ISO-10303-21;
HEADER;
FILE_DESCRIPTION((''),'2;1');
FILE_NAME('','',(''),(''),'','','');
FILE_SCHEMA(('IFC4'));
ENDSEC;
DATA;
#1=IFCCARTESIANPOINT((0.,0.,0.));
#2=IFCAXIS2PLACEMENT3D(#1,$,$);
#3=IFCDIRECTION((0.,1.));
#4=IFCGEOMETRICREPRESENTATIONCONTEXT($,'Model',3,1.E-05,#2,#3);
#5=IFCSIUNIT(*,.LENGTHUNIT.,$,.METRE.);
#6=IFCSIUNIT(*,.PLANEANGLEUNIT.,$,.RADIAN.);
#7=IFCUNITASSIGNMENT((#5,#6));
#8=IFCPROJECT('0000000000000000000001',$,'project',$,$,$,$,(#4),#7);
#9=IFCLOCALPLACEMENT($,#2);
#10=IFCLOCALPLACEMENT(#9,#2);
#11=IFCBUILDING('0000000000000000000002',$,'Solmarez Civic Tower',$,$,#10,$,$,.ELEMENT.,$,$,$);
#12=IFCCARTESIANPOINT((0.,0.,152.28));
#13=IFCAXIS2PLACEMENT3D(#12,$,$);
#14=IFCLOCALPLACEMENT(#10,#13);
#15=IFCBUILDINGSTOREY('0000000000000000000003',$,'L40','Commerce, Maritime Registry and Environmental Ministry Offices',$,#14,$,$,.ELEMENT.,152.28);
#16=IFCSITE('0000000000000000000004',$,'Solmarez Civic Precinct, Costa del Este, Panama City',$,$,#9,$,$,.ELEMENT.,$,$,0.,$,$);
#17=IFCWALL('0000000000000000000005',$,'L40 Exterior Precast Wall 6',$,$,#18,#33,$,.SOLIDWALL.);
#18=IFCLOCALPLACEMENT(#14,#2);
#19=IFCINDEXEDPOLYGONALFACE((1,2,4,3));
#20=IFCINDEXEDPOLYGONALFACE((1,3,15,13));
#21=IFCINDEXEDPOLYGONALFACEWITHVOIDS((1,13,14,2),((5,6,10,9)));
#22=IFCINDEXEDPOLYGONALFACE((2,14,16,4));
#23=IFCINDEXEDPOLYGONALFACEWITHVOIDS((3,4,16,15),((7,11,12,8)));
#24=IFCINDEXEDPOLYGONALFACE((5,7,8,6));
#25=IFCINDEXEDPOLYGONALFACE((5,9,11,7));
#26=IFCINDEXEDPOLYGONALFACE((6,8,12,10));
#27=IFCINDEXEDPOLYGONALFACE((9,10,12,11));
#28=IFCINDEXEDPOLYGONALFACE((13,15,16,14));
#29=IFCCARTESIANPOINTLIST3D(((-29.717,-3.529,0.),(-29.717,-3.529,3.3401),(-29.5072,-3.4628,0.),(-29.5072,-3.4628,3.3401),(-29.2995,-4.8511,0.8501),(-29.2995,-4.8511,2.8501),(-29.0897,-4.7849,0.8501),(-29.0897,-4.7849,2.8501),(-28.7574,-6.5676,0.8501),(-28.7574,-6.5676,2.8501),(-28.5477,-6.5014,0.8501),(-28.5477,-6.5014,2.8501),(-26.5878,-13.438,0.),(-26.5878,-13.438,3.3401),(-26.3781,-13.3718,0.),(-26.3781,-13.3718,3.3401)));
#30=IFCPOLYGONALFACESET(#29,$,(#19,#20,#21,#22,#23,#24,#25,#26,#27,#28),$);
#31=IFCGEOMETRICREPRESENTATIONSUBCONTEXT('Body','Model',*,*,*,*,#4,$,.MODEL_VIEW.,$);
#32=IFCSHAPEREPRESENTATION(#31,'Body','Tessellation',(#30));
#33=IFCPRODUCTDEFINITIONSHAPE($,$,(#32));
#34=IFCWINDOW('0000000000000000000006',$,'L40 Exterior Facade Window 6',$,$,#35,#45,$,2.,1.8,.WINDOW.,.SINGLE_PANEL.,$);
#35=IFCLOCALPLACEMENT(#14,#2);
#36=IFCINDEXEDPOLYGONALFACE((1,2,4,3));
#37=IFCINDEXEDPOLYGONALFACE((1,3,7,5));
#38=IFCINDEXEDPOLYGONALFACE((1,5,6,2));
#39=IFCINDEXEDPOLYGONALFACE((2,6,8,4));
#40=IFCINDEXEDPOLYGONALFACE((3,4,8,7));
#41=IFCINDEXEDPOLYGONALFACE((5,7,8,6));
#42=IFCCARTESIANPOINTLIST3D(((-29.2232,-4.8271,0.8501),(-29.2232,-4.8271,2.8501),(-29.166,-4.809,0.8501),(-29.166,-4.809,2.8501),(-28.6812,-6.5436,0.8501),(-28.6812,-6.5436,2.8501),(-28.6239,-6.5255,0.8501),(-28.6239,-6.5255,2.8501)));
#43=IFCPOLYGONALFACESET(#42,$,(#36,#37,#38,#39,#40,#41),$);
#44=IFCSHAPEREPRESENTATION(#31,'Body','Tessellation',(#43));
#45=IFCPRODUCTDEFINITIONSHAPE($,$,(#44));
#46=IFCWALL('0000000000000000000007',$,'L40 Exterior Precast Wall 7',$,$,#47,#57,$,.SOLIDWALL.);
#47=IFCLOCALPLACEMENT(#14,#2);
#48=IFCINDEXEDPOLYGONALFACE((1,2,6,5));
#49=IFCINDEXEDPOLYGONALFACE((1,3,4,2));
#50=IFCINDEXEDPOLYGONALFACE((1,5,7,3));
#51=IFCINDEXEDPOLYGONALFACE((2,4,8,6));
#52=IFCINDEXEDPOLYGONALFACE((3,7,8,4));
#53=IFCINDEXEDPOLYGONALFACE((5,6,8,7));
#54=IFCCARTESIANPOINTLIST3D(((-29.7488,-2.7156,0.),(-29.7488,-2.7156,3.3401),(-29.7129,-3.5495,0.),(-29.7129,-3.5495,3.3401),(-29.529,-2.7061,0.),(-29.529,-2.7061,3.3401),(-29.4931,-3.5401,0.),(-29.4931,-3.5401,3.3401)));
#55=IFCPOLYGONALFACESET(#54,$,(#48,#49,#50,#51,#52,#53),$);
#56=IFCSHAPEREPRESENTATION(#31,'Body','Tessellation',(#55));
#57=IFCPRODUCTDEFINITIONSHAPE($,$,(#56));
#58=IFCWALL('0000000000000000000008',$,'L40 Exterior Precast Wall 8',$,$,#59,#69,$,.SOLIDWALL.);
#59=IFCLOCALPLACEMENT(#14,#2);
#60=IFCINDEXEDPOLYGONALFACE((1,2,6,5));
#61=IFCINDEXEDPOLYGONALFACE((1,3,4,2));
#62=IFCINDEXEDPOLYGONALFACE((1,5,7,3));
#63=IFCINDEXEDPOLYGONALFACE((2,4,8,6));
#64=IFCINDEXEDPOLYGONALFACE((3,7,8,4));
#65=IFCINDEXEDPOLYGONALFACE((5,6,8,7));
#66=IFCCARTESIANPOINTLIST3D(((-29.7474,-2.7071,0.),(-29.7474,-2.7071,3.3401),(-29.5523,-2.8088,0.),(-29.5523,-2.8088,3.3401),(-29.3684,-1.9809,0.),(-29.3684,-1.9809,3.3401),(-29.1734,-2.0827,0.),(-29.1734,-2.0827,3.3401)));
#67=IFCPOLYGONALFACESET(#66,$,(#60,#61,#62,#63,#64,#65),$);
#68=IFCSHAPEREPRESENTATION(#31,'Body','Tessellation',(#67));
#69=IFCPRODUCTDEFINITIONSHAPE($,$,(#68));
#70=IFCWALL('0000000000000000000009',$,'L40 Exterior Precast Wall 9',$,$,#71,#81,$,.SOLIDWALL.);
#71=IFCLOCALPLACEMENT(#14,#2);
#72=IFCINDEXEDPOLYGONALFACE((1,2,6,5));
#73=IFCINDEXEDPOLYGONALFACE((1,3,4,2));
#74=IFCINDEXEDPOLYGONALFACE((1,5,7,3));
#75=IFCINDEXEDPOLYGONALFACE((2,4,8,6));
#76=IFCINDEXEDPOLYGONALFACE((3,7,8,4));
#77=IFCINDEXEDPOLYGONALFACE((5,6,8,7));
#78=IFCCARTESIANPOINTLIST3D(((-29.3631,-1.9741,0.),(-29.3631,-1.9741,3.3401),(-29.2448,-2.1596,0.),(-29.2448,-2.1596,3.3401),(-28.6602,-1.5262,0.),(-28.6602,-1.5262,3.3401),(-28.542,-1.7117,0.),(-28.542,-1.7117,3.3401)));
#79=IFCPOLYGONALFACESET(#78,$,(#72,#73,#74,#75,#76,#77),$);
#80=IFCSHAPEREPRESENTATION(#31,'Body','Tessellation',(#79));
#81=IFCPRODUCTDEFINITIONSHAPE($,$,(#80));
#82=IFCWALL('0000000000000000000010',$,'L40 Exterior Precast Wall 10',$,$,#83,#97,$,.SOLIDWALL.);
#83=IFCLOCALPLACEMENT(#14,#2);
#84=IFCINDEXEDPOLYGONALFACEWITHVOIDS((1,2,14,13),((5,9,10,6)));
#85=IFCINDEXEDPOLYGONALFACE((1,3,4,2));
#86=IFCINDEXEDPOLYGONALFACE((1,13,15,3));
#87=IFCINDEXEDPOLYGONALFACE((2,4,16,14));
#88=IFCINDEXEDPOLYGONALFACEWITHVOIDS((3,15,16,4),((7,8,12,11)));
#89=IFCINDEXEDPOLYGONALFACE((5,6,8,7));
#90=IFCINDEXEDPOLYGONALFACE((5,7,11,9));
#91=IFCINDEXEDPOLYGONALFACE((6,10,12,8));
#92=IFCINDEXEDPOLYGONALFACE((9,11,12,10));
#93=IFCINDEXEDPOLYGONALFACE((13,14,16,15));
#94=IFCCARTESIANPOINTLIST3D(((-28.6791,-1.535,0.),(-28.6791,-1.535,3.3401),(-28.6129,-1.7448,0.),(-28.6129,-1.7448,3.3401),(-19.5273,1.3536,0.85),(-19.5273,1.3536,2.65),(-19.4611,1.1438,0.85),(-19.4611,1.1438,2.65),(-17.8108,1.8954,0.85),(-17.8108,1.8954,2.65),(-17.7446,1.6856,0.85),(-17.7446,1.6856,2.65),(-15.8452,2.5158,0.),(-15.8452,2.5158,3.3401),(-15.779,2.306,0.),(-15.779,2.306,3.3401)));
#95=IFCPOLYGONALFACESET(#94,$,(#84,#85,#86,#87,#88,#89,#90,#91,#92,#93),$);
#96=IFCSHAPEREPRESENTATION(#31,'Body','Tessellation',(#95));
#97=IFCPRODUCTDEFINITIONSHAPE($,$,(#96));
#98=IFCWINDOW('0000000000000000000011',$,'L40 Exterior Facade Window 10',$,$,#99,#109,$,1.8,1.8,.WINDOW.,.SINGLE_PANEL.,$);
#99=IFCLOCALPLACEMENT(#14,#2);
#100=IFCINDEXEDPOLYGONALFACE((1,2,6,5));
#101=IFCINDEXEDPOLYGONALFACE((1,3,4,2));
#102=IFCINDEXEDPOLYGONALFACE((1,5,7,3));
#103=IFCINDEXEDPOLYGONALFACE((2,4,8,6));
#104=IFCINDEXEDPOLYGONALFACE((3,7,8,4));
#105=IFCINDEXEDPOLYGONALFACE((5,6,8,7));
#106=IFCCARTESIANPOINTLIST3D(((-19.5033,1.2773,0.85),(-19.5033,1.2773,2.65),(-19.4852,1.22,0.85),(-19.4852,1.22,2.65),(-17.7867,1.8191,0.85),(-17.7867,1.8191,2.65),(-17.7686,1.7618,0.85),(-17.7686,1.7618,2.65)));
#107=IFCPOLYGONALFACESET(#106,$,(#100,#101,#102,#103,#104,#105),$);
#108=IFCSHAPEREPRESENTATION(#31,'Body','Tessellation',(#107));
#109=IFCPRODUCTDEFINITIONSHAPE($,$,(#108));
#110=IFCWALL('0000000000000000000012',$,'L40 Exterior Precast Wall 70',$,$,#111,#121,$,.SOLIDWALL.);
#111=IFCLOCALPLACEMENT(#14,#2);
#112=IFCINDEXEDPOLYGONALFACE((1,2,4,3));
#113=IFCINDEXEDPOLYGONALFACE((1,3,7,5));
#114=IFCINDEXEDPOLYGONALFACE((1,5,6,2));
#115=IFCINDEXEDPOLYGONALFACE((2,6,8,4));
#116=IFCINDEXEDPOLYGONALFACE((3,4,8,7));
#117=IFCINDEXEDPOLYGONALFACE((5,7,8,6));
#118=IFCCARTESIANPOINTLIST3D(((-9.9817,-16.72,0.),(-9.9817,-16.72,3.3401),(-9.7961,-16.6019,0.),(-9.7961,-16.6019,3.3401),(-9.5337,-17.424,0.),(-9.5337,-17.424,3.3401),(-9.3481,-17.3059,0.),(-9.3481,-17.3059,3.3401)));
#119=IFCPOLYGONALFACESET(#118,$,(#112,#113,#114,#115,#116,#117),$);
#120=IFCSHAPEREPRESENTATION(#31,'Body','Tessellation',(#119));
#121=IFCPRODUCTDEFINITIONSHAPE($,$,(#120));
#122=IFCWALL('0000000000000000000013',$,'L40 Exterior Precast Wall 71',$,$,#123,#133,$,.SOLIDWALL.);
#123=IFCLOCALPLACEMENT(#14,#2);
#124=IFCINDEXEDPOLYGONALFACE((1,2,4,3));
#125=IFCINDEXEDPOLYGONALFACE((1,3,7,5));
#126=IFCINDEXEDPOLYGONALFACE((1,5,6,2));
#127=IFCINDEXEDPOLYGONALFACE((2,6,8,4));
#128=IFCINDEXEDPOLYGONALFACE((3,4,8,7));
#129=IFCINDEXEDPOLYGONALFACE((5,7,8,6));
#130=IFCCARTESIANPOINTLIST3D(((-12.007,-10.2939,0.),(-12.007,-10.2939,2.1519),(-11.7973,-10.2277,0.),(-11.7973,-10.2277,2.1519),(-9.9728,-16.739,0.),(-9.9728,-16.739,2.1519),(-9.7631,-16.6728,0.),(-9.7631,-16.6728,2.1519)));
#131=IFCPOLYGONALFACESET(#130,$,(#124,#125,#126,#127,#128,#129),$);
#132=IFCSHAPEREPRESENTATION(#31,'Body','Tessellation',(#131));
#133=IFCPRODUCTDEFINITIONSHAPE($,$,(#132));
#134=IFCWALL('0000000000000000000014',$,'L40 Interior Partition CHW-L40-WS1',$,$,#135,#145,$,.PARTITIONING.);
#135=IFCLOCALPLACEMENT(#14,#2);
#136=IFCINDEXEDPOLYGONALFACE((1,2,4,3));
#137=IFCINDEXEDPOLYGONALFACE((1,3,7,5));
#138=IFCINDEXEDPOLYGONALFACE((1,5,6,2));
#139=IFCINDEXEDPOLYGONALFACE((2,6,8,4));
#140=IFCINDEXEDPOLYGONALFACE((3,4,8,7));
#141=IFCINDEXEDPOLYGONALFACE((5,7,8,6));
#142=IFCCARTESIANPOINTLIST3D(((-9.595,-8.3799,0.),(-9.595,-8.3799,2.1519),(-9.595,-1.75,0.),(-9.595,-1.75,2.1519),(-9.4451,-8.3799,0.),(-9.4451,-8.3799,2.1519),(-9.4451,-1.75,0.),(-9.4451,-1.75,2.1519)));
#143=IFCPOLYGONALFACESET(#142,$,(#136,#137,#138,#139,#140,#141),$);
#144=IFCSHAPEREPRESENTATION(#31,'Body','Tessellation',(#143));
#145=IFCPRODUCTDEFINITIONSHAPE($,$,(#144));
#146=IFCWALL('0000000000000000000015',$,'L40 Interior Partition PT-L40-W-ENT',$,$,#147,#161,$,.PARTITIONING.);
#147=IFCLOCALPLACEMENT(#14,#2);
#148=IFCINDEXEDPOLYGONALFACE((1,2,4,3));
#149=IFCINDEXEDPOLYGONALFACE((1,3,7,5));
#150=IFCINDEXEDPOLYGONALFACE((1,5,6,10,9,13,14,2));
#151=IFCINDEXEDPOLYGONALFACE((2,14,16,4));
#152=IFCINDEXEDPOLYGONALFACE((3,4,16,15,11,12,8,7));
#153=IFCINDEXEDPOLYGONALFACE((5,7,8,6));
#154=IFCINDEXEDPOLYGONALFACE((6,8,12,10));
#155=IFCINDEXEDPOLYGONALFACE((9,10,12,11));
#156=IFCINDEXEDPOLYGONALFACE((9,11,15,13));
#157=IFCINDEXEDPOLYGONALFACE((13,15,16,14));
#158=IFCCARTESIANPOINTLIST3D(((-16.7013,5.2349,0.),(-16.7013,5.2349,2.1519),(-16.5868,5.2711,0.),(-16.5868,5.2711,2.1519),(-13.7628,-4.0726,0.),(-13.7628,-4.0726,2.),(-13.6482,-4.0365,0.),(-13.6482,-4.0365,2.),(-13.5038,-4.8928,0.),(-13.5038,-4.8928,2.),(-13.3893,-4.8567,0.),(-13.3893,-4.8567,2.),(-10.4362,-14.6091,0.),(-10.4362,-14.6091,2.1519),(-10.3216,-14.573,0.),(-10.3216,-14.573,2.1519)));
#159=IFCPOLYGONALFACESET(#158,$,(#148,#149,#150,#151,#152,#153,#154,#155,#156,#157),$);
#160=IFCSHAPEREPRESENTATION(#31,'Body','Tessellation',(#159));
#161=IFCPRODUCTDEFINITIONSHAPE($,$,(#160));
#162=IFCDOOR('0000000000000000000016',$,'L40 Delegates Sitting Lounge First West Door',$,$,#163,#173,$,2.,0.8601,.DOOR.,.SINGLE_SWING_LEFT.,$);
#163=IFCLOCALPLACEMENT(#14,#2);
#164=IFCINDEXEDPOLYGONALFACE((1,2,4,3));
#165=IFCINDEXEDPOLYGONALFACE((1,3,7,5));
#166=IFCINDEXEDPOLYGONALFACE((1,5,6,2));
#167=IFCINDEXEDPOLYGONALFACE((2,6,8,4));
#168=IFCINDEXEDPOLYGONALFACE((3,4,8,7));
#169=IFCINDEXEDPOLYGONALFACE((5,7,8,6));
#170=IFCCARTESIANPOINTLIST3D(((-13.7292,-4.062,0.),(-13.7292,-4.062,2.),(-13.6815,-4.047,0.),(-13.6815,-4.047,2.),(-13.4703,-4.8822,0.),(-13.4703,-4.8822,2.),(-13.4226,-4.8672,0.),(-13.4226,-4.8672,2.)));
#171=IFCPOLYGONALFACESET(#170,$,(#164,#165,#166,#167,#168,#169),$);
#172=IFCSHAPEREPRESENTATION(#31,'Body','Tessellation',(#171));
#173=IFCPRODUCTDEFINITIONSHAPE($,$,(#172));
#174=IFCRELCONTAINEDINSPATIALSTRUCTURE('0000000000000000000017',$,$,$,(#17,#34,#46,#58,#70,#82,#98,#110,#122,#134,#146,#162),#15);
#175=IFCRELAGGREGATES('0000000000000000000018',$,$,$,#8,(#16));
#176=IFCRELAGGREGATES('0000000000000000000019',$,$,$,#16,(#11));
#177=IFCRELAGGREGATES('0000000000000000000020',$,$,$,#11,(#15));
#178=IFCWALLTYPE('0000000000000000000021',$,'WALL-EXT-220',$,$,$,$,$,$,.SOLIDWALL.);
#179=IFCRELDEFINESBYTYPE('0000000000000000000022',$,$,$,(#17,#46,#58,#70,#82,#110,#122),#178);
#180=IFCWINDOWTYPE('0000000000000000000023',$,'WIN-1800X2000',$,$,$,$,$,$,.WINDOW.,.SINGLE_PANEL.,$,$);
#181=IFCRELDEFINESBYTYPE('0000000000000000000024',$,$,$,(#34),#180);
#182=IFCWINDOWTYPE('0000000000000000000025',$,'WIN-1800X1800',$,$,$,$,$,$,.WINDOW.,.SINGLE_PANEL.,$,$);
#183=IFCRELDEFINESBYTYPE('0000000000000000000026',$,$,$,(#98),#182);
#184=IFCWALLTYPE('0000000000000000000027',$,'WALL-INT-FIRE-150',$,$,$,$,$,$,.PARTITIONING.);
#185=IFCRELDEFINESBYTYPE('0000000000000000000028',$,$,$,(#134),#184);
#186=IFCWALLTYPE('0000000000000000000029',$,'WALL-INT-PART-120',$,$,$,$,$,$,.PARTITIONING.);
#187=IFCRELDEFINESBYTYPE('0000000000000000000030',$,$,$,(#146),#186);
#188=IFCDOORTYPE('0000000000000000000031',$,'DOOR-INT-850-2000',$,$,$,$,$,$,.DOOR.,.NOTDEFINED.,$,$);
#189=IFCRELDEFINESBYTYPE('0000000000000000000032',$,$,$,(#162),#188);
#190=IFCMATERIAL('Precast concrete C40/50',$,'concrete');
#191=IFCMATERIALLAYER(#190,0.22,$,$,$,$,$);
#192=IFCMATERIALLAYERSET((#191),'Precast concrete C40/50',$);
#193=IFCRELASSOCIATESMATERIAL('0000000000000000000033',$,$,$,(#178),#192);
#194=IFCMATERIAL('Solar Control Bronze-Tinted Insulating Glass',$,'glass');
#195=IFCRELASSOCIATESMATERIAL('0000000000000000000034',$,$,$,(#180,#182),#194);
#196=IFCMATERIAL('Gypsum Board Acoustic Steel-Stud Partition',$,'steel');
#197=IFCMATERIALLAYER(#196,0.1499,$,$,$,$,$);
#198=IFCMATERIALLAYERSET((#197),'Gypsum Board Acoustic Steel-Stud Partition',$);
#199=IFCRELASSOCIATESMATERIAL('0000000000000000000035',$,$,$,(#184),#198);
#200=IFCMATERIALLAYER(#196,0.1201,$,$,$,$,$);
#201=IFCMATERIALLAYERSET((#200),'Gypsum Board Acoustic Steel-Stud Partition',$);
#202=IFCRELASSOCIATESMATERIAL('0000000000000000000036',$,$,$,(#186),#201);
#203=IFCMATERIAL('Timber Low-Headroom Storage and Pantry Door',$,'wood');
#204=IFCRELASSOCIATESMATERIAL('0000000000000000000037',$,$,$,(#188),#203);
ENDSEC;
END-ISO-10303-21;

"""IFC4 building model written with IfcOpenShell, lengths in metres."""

from ifc_helpers import new_model, si_unit, direction, frame, frame_2d, origin, place, context, subcontext, project, spatial, rectangle, extrude, material, layer, layer_set, type_object, element, fill, save


model = new_model("IFC4")

# Units and contexts
model_context = context("Model", 3, precision=1e-05, world=origin(), true_north=direction((0.0, 1.0)))
body_context = subcontext(model_context, "Body", "Model", "MODEL_VIEW")
ifc_project = project(units=[si_unit("LENGTHUNIT", "METRE"), si_unit("PLANEANGLEUNIT", "RADIAN")], contexts=[model_context])

# Site, building, storey
site_placement = place(None, origin())
site = spatial("IfcSite", under=ifc_project, at=site_placement, Name="Solmarez Civic Precinct, Costa del Este, Panama City", CompositionType="ELEMENT", RefElevation=0.0)
building_placement = place(site_placement, origin())
building = spatial("IfcBuilding", under=site, at=building_placement, Name="Solmarez Civic Tower", CompositionType="ELEMENT")
storey_placement = place(building_placement, frame((0.0, 0.0, 152.28)))
storey = spatial("IfcBuildingStorey", under=building, at=storey_placement, Name="L40", Description="Commerce, Maritime Registry and Environmental Ministry Offices", CompositionType="ELEMENT", Elevation=152.28)

# Shared definitions
ifc_material_1 = material(Name="Precast concrete C40/50", Category="concrete")
ifc_layer_1 = layer(ifc_material_1, 0.22)
ifc_layer_set_1 = layer_set([ifc_layer_1], Name="Precast concrete C40/50")
wall_type_1 = type_object("IfcWallType", Name="WALL-EXT-220", PredefinedType="SOLIDWALL", material=ifc_layer_set_1)

# Wall, opening, window
wall_1_placement = place(storey_placement, frame((-26.4829, -13.405, 0.0), z_axis=(0.0, 0.0, 1.0), x_axis=(-0.301132, 0.953582, 0.0)))
wall_1 = element("IfcWall", 1, at=wall_1_placement, inside=storey, type_object=wall_type_1, Name="L40 Exterior Precast Wall 6", PredefinedType="SOLIDWALL", context=body_context, shape_type="SweptSolid", body=[
    extrude(rectangle(XDim=10.3914, YDim=0.22, at=frame_2d((5.1958, 0.0))), origin(), (0.0, 0.0, 1.0), 3.3401),
])
opening_1_placement = place(wall_1_placement, frame((7.2051, 0.0, 0.8501)))
opening_1 = element("IfcOpeningElement", 2, at=opening_1_placement, cuts=wall_1, PredefinedType="OPENING", context=body_context, shape_type="SweptSolid", body=[
    extrude(rectangle(XDim=1.8, YDim=2.0, at=frame_2d((0.8999, 1.0))), frame((0.0, 0.1199, 0.0), z_axis=(0.0, -1.0, 0.0), x_axis=(1.0, 0.0, 0.0)), (0.0, 0.0, 1.0), 0.24),
])
ifc_material_2 = material(Name="Solar Control Bronze-Tinted Insulating Glass", Category="glass")
window_type_1 = type_object("IfcWindowType", Name="WIN-1800X2000", PartitioningType="SINGLE_PANEL", PredefinedType="WINDOW", material=ifc_material_2)
window_1_placement = place(opening_1_placement, origin())
window_1 = element("IfcWindow", 3, at=window_1_placement, inside=storey, type_object=window_type_1, Name="L40 Exterior Facade Window 6", OverallHeight=2.0, OverallWidth=1.8, PartitioningType="SINGLE_PANEL", PredefinedType="WINDOW", context=body_context, shape_type="SweptSolid", body=[
    extrude(rectangle(XDim=1.8, YDim=2.0, at=frame_2d((0.8999, 1.0))), frame((0.0, 0.03, 0.0), z_axis=(0.0, -1.0, 0.0), x_axis=(1.0, 0.0, 0.0)), (0.0, 0.0, 1.0), 0.0601),
])
fill(opening_1, window_1)

# Walls
wall_2_placement = place(storey_placement, frame((-29.603, -3.5449, 0.0), z_axis=(0.0, 0.0, 1.0), x_axis=(-0.042993, 0.999075, 0.0)))
element("IfcWall", 4, at=wall_2_placement, inside=storey, type_object=wall_type_1, Name="L40 Exterior Precast Wall 7", PredefinedType="SOLIDWALL", context=body_context, shape_type="SweptSolid", body=[
    extrude(rectangle(XDim=0.8347, YDim=0.22, at=frame_2d((0.4175, 0.0))), origin(), (0.0, 0.0, 1.0), 3.3401),
])
wall_3_placement = place(storey_placement, frame((-29.6499, -2.7581, 0.0), z_axis=(0.0, 0.0, 1.0), x_axis=(0.462648, 0.886542, 0.0)))
element("IfcWall", 5, at=wall_3_placement, inside=storey, type_object=wall_type_1, Name="L40 Exterior Precast Wall 8", PredefinedType="SOLIDWALL", context=body_context, shape_type="SweptSolid", body=[
    extrude(rectangle(XDim=0.8191, YDim=0.22, at=frame_2d((0.4097, 0.0))), origin(), (0.0, 0.0, 1.0), 3.3401),
])
wall_4_placement = place(storey_placement, frame((-29.304, -2.0669, 0.0), z_axis=(0.0, 0.0, 1.0), x_axis=(0.843275, 0.537482, 0.0)))
element("IfcWall", 6, at=wall_4_placement, inside=storey, type_object=wall_type_1, Name="L40 Exterior Precast Wall 9", PredefinedType="SOLIDWALL", context=body_context, shape_type="SweptSolid", body=[
    extrude(rectangle(XDim=0.8335, YDim=0.22, at=frame_2d((0.4167, 0.0))), origin(), (0.0, 0.0, 1.0), 3.3401),
])

# Wall, opening, window
wall_5_placement = place(storey_placement, frame((-28.646, -1.6399, 0.0), z_axis=(0.0, 0.0, 1.0), x_axis=(0.953627, 0.300992, 0.0)))
wall_5 = element("IfcWall", 7, at=wall_5_placement, inside=storey, type_object=wall_type_1, Name="L40 Exterior Precast Wall 10", PredefinedType="SOLIDWALL", context=body_context, shape_type="SweptSolid", body=[
    extrude(rectangle(XDim=13.458, YDim=0.22, at=frame_2d((6.729, 0.0))), origin(), (0.0, 0.0, 1.0), 3.3401),
])
opening_2_placement = place(wall_5_placement, frame((9.5969, 0.0, 0.8501)))
opening_2 = element("IfcOpeningElement", 8, at=opening_2_placement, cuts=wall_5, PredefinedType="OPENING", context=body_context, shape_type="SweptSolid", body=[
    extrude(rectangle(XDim=1.8, YDim=1.8, at=frame_2d((0.8999, 0.8999))), frame((0.0, 0.1199, 0.0), z_axis=(0.0, -1.0, 0.0), x_axis=(1.0, 0.0, 0.0)), (0.0, 0.0, 1.0), 0.24),
])
window_type_2 = type_object("IfcWindowType", Name="WIN-1800X1800", PartitioningType="SINGLE_PANEL", PredefinedType="WINDOW", material=ifc_material_2)
window_2_placement = place(opening_2_placement, origin())
window_2 = element("IfcWindow", 9, at=window_2_placement, inside=storey, type_object=window_type_2, Name="L40 Exterior Facade Window 10", OverallHeight=1.8, OverallWidth=1.8, PartitioningType="SINGLE_PANEL", PredefinedType="WINDOW", context=body_context, shape_type="SweptSolid", body=[
    extrude(rectangle(XDim=1.8, YDim=1.8, at=frame_2d((0.8999, 0.8999))), frame((0.0, 0.03, 0.0), z_axis=(0.0, -1.0, 0.0), x_axis=(1.0, 0.0, 0.0)), (0.0, 0.0, 1.0), 0.0601),
])
fill(opening_2, window_2)

# Walls
wall_6_placement = place(storey_placement, frame((-9.4409, -17.365, 0.0), z_axis=(0.0, 0.0, 1.0), x_axis=(-0.536819, 0.843698, 0.0)))
element("IfcWall", 10, at=wall_6_placement, inside=storey, type_object=wall_type_1, Name="L40 Exterior Precast Wall 70", PredefinedType="SOLIDWALL", context=body_context, shape_type="SweptSolid", body=[
    extrude(rectangle(XDim=0.8345, YDim=0.22, at=frame_2d((0.4172, 0.0))), origin(), (0.0, 0.0, 1.0), 3.3401),
])
wall_7_placement = place(storey_placement, frame((-9.8679, -16.7061, 0.0), z_axis=(0.0, 0.0, 1.0), x_axis=(-0.300983, 0.95363, 0.0)))
element("IfcWall", 11, at=wall_7_placement, inside=storey, type_object=wall_type_1, Name="L40 Exterior Precast Wall 71", PredefinedType="SOLIDWALL", context=body_context, shape_type="SweptSolid", body=[
    extrude(rectangle(XDim=6.7585, YDim=0.22, at=frame_2d((3.3794, 0.0))), origin(), (0.0, 0.0, 1.0), 2.1519),
])
ifc_material_3 = material(Name="Gypsum Board Acoustic Steel-Stud Partition", Category="steel")
ifc_layer_2 = layer(ifc_material_3, 0.1499)
ifc_layer_set_2 = layer_set([ifc_layer_2], Name="Gypsum Board Acoustic Steel-Stud Partition")
wall_type_2 = type_object("IfcWallType", Name="WALL-INT-FIRE-150", PredefinedType="PARTITIONING", material=ifc_layer_set_2)
wall_8_placement = place(storey_placement, frame((-9.52, -8.3799, 0.0), z_axis=(0.0, 0.0, 1.0), x_axis=(0.0, 1.0, 0.0)))
element("IfcWall", 12, at=wall_8_placement, inside=storey, type_object=wall_type_2, Name="L40 Interior Partition CHW-L40-WS1", PredefinedType="PARTITIONING", context=body_context, shape_type="SweptSolid", body=[
    extrude(rectangle(XDim=6.6299, YDim=0.1499, at=frame_2d((3.3149, 0.0))), origin(), (0.0, 0.0, 1.0), 2.1519),
])

# Wall, opening, door
ifc_layer_3 = layer(ifc_material_3, 0.1201)
ifc_layer_set_3 = layer_set([ifc_layer_3], Name="Gypsum Board Acoustic Steel-Stud Partition")
wall_type_3 = type_object("IfcWallType", Name="WALL-INT-PART-120", PredefinedType="PARTITIONING", material=ifc_layer_set_3)
wall_9_placement = place(storey_placement, frame((-10.3789, -14.5911, 0.0), z_axis=(0.0, 0.0, 1.0), x_axis=(-0.301071, 0.953602, 0.0)))
wall_9 = element("IfcWall", 13, at=wall_9_placement, inside=storey, type_object=wall_type_3, Name="L40 Interior Partition PT-L40-W-ENT", PredefinedType="PARTITIONING", context=body_context, shape_type="SweptSolid", body=[
    extrude(rectangle(XDim=20.8096, YDim=0.1201, at=frame_2d((10.4048, 0.0))), origin(), (0.0, 0.0, 1.0), 2.1519),
])
opening_3_placement = place(wall_9_placement, frame((10.189, 0.0, 0.0)))
opening_3 = element("IfcOpeningElement", 14, at=opening_3_placement, cuts=wall_9, PredefinedType="OPENING", context=body_context, shape_type="SweptSolid", body=[
    extrude(rectangle(XDim=0.8601, YDim=2.0, at=frame_2d((0.4302, 1.0))), frame((0.0, 0.0701, 0.0), z_axis=(0.0, -1.0, 0.0), x_axis=(1.0, 0.0, 0.0)), (0.0, 0.0, 1.0), 0.1401),
])
ifc_material_4 = material(Name="Timber Low-Headroom Storage and Pantry Door", Category="wood")
door_type = type_object("IfcDoorType", Name="DOOR-INT-850-2000", OperationType="NOTDEFINED", PredefinedType="DOOR", material=ifc_material_4)
door_placement = place(opening_3_placement, origin())
door = element("IfcDoor", 15, at=door_placement, inside=storey, type_object=door_type, Name="L40 Delegates Sitting Lounge First West Door", OperationType="SINGLE_SWING_LEFT", OverallHeight=2.0, OverallWidth=0.8601, PredefinedType="DOOR", context=body_context, shape_type="SweptSolid", body=[
    extrude(rectangle(XDim=0.8601, YDim=2.0, at=frame_2d((0.4302, 1.0))), frame((0.0, 0.0249, 0.0), z_axis=(0.0, -1.0, 0.0), x_axis=(1.0, 0.0, 0.0)), (0.0, 0.0, 1.0), 0.05),
])
fill(opening_3, door)

save(model, "model.ifc")
